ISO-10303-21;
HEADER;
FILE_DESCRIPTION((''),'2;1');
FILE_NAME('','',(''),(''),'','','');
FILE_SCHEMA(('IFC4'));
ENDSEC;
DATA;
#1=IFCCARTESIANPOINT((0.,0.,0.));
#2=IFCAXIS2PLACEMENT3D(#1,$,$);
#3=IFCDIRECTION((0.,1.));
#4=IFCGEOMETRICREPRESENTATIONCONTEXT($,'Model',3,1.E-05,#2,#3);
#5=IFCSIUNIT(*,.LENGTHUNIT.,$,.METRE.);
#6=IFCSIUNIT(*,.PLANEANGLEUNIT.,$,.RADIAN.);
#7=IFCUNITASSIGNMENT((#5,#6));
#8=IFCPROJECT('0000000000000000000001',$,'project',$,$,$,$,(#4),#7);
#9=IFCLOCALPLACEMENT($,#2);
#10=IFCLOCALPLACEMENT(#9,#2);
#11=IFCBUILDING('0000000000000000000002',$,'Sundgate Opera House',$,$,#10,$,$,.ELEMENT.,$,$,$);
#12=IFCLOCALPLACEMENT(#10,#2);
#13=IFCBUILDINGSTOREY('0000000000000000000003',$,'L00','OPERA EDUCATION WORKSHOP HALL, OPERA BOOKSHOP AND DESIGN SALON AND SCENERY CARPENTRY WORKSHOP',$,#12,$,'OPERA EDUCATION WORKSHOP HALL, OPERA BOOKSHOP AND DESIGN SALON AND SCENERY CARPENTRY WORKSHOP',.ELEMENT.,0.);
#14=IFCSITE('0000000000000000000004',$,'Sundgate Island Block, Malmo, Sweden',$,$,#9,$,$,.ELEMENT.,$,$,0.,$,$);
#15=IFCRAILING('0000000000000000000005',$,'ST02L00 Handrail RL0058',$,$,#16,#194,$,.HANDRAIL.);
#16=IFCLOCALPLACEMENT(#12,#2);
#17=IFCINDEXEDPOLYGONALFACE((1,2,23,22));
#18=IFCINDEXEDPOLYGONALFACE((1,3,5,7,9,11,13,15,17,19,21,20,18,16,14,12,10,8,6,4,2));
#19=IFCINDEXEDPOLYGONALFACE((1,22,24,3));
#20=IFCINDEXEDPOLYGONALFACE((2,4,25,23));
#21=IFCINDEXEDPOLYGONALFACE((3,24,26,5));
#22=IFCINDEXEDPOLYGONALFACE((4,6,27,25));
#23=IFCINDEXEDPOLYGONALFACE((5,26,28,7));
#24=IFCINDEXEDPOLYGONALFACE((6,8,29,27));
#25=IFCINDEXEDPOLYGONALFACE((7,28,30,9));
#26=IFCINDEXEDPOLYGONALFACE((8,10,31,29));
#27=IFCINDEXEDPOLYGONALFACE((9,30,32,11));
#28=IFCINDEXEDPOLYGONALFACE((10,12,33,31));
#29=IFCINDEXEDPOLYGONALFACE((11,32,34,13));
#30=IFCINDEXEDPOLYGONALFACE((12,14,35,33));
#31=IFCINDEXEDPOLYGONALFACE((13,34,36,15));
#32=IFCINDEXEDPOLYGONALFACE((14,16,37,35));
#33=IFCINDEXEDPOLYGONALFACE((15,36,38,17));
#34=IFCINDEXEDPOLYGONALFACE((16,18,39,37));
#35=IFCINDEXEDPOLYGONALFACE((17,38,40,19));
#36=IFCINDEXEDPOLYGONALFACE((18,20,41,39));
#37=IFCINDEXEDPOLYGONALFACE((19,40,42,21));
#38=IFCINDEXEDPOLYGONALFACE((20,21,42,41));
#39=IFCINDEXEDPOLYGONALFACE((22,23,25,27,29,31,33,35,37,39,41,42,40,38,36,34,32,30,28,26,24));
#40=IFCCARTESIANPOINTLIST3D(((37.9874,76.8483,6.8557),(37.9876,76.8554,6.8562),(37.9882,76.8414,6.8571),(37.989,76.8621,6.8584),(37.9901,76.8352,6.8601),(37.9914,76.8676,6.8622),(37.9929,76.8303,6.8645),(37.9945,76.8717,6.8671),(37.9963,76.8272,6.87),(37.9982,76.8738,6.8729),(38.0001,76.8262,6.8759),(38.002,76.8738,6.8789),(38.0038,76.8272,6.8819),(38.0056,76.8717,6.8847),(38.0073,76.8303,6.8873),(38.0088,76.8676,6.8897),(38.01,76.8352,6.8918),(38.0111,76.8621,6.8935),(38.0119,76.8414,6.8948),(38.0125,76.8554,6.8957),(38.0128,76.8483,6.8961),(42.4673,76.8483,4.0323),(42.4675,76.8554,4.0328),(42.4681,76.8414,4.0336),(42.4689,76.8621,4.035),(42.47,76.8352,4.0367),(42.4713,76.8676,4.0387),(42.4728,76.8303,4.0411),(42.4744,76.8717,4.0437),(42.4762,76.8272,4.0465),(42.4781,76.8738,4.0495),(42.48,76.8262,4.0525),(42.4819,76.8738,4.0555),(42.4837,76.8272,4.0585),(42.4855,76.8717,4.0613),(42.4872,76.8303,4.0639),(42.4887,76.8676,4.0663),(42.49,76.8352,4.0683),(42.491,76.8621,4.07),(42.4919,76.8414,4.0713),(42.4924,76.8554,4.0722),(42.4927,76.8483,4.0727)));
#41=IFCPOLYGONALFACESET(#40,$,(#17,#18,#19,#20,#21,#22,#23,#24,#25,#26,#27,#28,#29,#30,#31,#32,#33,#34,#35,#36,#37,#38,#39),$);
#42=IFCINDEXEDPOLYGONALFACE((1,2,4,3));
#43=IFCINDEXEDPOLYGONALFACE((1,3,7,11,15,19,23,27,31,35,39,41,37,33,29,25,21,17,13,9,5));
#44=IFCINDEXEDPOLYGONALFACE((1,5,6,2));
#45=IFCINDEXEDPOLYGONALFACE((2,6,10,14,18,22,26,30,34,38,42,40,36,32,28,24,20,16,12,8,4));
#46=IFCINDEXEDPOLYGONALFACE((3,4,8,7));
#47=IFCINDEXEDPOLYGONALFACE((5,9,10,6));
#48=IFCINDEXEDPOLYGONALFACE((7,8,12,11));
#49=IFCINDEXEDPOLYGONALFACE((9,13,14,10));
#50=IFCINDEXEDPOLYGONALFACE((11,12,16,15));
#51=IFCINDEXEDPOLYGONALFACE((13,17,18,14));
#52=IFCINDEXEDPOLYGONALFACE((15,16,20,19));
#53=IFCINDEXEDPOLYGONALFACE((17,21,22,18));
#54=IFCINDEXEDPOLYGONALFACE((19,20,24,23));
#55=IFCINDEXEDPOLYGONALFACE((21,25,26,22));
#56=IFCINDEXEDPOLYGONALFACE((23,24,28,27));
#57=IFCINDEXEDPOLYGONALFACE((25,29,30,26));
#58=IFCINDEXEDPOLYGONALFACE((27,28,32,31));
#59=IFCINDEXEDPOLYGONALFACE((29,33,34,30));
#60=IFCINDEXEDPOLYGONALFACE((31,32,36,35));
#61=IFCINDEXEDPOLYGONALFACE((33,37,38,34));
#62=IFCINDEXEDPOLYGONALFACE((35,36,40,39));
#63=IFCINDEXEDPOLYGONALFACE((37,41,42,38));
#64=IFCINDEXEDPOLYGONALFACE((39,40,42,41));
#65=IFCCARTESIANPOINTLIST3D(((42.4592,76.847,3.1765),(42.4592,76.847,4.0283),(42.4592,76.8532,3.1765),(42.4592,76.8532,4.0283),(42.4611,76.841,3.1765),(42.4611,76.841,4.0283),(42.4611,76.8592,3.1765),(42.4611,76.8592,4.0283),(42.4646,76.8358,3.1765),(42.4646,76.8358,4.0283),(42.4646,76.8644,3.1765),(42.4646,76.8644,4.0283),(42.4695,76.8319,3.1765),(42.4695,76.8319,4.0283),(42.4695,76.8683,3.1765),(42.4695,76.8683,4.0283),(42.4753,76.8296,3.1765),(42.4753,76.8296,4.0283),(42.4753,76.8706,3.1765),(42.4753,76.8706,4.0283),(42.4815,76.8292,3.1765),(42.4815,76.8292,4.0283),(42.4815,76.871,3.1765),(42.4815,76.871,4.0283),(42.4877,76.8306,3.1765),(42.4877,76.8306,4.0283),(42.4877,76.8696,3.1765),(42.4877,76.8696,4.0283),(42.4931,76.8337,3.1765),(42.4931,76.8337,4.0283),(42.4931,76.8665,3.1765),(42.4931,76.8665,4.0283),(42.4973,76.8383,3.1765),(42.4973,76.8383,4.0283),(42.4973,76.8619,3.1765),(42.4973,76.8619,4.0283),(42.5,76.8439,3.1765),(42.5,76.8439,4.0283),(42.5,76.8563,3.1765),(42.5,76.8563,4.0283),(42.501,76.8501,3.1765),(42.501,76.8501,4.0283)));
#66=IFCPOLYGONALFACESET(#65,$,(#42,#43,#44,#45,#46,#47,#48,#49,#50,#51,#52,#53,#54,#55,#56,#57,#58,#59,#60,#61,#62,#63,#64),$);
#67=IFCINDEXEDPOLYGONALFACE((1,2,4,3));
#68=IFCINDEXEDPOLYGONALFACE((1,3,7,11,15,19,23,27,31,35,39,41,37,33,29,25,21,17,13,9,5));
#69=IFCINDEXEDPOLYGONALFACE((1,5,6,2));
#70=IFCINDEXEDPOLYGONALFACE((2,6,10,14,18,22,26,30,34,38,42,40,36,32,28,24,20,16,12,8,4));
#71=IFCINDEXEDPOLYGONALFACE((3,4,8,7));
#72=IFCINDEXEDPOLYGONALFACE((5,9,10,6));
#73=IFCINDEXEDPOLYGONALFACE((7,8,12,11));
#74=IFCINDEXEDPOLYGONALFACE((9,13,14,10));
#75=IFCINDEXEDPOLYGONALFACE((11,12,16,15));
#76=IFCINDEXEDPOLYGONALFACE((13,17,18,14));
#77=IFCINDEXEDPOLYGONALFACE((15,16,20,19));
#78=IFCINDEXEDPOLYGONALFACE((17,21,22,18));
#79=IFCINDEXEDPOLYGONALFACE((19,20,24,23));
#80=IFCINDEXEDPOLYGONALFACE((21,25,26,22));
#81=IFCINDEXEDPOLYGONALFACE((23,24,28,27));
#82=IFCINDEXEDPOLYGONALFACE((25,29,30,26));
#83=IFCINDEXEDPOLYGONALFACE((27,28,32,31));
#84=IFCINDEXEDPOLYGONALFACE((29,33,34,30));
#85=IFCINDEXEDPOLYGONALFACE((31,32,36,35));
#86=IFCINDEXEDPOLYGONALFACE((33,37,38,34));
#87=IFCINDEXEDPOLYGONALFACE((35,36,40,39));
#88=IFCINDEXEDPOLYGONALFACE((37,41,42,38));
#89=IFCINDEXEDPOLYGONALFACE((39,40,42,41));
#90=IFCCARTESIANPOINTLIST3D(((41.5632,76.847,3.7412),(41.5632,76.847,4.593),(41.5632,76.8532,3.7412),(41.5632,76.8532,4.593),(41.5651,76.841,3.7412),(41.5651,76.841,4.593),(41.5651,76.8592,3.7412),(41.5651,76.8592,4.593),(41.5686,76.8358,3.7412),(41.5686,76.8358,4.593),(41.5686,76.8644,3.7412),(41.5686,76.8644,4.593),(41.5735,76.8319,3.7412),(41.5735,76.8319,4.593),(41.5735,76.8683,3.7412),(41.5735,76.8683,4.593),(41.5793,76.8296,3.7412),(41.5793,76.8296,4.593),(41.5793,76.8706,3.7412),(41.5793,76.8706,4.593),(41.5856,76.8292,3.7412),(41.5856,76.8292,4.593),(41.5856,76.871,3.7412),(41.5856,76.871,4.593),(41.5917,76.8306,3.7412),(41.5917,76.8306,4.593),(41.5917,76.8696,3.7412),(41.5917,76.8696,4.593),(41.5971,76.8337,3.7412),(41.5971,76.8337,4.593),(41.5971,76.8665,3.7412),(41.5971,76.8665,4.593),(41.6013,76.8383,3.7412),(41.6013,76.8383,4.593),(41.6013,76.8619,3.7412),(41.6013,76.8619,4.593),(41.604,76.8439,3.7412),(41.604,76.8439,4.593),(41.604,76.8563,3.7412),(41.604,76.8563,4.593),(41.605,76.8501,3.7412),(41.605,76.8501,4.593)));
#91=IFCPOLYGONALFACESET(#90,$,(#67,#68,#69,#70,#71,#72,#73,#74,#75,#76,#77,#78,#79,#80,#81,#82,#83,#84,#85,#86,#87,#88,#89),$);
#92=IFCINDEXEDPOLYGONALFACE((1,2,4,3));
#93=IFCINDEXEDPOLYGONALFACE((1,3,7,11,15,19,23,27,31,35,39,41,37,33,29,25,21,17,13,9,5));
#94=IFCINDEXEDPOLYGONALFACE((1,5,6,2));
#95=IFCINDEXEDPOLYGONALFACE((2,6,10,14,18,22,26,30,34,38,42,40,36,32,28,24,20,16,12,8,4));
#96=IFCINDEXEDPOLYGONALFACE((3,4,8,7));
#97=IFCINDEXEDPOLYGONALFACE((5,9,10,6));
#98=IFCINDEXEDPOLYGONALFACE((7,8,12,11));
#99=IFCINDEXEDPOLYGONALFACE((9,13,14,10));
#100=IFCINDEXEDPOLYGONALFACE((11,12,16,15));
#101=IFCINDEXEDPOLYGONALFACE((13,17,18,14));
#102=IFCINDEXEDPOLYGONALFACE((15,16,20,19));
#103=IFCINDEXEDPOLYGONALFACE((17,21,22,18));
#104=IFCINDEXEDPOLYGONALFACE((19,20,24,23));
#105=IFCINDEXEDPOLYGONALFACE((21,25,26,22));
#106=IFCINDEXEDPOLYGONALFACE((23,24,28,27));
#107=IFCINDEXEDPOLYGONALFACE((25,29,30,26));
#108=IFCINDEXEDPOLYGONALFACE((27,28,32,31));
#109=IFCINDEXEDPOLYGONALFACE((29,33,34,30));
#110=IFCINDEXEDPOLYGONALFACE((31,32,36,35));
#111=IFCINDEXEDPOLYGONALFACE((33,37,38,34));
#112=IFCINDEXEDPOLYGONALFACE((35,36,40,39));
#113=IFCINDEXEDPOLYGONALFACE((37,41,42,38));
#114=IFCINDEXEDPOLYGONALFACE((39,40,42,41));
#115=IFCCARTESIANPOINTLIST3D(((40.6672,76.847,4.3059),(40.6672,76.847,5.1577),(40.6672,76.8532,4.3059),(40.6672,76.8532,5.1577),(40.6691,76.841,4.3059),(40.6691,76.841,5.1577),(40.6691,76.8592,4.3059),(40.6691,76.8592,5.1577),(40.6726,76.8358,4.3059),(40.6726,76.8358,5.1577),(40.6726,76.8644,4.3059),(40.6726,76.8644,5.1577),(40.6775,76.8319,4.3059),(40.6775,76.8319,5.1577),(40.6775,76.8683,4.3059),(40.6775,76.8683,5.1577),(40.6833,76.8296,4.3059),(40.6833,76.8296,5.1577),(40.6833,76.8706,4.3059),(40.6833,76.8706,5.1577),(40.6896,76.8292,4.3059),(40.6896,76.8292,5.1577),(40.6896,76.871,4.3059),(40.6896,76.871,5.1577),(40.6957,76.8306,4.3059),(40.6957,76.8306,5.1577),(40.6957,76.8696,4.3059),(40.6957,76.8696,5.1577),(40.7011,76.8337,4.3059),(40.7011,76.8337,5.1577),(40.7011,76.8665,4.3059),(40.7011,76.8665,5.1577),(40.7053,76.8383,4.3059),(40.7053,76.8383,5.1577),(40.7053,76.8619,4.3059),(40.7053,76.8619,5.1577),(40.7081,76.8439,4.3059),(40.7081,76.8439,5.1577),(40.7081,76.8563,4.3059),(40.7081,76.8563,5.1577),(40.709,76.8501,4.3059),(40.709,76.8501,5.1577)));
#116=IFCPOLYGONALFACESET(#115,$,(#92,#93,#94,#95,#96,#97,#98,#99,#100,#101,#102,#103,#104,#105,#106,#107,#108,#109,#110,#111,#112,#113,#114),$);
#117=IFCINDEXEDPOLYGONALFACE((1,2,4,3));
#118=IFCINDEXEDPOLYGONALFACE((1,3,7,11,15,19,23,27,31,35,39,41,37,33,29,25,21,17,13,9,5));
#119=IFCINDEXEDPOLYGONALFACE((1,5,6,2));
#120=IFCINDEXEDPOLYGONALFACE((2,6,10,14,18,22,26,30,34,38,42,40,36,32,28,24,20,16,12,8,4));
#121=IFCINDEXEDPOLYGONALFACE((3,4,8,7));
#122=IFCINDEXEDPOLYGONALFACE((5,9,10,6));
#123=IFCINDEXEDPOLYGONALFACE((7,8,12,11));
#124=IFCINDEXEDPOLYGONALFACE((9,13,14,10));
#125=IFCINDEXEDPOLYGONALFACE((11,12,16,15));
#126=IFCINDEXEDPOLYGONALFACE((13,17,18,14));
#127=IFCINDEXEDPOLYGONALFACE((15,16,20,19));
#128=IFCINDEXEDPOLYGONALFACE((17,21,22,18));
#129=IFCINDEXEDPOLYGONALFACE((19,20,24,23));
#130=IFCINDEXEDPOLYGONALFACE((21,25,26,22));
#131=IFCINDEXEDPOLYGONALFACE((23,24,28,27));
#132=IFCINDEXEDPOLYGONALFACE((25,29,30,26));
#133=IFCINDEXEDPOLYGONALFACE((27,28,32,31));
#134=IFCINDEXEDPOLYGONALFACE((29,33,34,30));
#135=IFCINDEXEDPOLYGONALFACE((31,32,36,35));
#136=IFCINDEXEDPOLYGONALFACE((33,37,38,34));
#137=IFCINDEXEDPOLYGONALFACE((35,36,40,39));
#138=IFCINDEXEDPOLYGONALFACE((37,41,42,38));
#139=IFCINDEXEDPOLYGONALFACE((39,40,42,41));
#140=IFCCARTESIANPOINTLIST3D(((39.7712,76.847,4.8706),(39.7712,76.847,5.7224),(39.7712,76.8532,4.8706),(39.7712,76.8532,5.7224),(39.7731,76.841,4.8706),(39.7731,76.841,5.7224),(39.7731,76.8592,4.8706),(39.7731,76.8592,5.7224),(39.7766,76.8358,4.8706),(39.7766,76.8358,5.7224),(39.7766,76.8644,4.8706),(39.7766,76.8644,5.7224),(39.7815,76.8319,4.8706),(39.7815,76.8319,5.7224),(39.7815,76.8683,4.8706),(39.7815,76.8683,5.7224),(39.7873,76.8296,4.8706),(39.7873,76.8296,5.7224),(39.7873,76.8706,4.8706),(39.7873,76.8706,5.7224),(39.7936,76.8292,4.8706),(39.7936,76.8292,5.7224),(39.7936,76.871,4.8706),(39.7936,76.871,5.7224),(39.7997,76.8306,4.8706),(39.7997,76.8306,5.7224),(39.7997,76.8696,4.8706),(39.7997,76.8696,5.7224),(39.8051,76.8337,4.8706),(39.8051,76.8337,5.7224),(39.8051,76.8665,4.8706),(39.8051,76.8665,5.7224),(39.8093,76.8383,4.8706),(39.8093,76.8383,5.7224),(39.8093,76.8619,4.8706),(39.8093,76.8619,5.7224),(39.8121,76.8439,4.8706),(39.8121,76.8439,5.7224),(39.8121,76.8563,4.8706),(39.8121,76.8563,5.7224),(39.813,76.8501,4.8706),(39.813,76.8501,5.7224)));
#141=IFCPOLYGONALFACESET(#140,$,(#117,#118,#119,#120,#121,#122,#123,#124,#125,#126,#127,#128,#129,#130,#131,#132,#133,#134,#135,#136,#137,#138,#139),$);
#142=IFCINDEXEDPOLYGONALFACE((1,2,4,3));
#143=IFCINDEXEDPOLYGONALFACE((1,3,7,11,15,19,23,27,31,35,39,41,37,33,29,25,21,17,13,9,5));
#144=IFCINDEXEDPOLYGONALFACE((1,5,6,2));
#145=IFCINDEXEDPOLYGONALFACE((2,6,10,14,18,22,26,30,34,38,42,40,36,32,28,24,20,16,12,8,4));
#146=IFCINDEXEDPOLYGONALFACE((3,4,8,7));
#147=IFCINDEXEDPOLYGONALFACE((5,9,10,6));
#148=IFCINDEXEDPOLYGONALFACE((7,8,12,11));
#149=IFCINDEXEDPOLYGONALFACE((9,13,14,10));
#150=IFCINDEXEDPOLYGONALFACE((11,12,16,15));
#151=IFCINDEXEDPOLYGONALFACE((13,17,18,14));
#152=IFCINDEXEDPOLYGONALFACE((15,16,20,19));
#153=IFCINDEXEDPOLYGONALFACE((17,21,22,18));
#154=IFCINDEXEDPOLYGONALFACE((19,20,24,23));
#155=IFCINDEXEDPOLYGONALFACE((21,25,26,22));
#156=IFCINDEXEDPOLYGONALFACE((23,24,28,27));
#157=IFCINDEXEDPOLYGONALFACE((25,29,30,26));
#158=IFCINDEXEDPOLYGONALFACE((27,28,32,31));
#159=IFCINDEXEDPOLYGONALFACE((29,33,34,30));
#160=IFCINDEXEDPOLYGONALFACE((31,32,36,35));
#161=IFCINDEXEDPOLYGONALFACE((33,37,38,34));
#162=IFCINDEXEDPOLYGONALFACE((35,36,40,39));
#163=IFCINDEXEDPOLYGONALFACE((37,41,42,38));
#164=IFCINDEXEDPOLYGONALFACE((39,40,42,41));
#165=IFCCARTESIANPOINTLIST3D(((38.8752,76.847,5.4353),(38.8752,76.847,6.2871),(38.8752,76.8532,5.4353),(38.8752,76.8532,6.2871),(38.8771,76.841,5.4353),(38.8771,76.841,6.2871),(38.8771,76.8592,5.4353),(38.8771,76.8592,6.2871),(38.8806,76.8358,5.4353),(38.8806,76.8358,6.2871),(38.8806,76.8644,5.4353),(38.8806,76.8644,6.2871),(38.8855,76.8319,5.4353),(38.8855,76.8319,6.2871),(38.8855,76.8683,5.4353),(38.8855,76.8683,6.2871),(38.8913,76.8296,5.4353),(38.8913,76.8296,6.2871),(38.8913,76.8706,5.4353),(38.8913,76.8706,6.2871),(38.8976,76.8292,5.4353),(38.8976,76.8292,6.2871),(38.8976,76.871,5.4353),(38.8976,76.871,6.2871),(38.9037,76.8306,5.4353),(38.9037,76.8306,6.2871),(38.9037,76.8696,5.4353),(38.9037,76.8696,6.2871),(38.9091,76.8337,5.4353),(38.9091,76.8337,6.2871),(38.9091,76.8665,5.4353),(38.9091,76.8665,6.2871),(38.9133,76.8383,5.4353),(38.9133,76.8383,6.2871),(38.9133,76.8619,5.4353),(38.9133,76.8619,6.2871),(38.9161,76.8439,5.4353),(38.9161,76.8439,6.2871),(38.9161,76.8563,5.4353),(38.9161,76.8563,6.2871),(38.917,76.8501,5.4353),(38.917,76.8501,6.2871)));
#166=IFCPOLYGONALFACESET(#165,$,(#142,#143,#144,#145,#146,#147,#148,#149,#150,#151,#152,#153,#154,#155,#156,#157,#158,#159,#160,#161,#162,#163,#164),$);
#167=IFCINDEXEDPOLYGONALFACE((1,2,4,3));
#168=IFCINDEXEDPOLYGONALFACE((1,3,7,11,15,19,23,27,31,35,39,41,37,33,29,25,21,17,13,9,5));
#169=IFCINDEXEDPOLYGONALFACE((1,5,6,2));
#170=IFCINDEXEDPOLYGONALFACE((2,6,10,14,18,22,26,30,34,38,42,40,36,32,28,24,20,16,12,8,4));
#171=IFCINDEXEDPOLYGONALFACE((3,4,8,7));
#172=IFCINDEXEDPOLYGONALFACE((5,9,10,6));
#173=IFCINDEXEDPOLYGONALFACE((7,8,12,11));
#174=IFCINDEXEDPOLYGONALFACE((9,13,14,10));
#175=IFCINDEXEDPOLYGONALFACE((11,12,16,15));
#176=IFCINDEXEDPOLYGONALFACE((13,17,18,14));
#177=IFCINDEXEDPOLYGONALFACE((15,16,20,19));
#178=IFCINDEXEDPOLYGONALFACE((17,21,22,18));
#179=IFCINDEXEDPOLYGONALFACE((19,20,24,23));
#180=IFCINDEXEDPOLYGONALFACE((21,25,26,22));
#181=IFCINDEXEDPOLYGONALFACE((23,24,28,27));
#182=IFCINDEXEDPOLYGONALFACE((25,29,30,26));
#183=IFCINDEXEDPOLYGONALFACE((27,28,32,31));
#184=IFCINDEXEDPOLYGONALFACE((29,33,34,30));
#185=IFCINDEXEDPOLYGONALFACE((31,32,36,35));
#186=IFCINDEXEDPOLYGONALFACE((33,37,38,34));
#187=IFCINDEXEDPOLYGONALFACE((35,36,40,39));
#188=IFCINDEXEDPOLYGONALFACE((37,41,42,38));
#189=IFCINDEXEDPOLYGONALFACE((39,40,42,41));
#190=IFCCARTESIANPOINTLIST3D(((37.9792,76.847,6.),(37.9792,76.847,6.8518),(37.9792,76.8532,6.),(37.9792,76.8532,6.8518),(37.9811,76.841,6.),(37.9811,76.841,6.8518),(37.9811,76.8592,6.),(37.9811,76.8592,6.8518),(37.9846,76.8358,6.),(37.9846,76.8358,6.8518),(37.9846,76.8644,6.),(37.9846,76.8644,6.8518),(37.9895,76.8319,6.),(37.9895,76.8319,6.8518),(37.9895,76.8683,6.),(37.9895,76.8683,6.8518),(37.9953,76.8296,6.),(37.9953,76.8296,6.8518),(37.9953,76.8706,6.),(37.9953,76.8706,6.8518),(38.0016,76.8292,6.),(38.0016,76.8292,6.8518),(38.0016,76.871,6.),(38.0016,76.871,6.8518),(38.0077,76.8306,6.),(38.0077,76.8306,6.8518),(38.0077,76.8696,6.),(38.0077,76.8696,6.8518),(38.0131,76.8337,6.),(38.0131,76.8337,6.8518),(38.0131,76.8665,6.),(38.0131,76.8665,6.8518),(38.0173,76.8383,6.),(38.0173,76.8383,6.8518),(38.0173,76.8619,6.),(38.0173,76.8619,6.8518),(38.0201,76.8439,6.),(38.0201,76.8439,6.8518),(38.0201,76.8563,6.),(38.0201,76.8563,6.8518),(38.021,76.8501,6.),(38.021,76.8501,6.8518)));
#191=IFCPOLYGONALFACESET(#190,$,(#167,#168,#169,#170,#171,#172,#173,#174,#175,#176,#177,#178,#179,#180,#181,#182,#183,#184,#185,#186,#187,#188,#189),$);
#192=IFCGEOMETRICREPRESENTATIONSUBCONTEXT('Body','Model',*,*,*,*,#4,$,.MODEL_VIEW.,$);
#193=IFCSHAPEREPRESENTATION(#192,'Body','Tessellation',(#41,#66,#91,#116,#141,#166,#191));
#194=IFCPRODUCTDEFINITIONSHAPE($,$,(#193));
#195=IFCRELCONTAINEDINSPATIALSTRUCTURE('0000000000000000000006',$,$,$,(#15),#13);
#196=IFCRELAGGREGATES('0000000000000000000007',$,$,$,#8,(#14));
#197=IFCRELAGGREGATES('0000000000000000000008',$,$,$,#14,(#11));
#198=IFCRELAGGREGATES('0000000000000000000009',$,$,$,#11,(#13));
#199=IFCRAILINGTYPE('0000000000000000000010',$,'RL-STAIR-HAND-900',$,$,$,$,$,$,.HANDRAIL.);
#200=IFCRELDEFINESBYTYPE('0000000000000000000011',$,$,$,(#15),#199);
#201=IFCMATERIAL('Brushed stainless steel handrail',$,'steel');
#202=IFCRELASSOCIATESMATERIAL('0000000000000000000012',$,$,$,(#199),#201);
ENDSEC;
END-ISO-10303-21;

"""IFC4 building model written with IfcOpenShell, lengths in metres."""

from ifc_helpers import new_model, si_unit, direction, frame, origin, origin_2d, place, context, subcontext, project, spatial, circle, extrude, material, type_object, element, save


model = new_model("IFC4")

# Units and contexts
model_context = context("Model", 3, precision=1e-05, world=origin(), true_north=direction((0.0, 1.0)))
body_context = subcontext(model_context, "Body", "Model", "MODEL_VIEW")
ifc_project = project(units=[si_unit("LENGTHUNIT", "METRE"), si_unit("PLANEANGLEUNIT", "RADIAN")], contexts=[model_context])

# Site, building, storey
site_placement = place(None, origin())
site = spatial("IfcSite", under=ifc_project, at=site_placement, Name="Sundgate Island Block, Malmo, Sweden", CompositionType="ELEMENT", RefElevation=0.0)
building_placement = place(site_placement, origin())
building = spatial("IfcBuilding", under=site, at=building_placement, Name="Sundgate Opera House", CompositionType="ELEMENT")
storey_placement = place(building_placement, origin())
storey = spatial("IfcBuildingStorey", under=building, at=storey_placement, Name="L00", Description="OPERA EDUCATION WORKSHOP HALL, OPERA BOOKSHOP AND DESIGN SALON AND SCENERY CARPENTRY WORKSHOP", LongName="OPERA EDUCATION WORKSHOP HALL, OPERA BOOKSHOP AND DESIGN SALON AND SCENERY CARPENTRY WORKSHOP", CompositionType="ELEMENT", Elevation=0.0)

# Railing
ifc_material_1 = material(Name="Brushed stainless steel handrail", Category="steel")
railing_type_1 = type_object("IfcRailingType", Name="RL-STAIR-HAND-900", PredefinedType="HANDRAIL", material=ifc_material_1)
railing_1_placement = place(storey_placement, frame((42.48, 76.8501, 3.1765)))
element("IfcRailing", 1, at=railing_1_placement, inside=storey, type_object=railing_type_1, Name="ST02L00 Handrail RL0058", PredefinedType="HANDRAIL", context=body_context, shape_type="SweptSolid", body=[
    extrude(circle(Radius=0.0239, at=origin_2d()), frame((0.0, 0.0, 0.876), z_axis=(-0.845998, 0.0, 0.533186), x_axis=(0.0, -1.0, 0.0)), (0.0, 0.0, 1.0), 5.2954),
    extrude(circle(Radius=0.021, at=origin_2d()), origin(), (0.0, 0.0, 1.0), 0.8518),
    extrude(circle(Radius=0.021, at=origin_2d()), frame((-0.896, 0.0, 0.5647)), (0.0, 0.0, 1.0), 0.8518),
    extrude(circle(Radius=0.021, at=origin_2d()), frame((-1.792, 0.0, 1.1294)), (0.0, 0.0, 1.0), 0.8518),
    extrude(circle(Radius=0.021, at=origin_2d()), frame((-2.688, 0.0, 1.6941)), (0.0, 0.0, 1.0), 0.8518),
    extrude(circle(Radius=0.021, at=origin_2d()), frame((-3.584, 0.0, 2.2588)), (0.0, 0.0, 1.0), 0.8518),
    extrude(circle(Radius=0.021, at=origin_2d()), frame((-4.48, 0.0, 2.8235)), (0.0, 0.0, 1.0), 0.8518),
])

save(model, "model.ifc")
